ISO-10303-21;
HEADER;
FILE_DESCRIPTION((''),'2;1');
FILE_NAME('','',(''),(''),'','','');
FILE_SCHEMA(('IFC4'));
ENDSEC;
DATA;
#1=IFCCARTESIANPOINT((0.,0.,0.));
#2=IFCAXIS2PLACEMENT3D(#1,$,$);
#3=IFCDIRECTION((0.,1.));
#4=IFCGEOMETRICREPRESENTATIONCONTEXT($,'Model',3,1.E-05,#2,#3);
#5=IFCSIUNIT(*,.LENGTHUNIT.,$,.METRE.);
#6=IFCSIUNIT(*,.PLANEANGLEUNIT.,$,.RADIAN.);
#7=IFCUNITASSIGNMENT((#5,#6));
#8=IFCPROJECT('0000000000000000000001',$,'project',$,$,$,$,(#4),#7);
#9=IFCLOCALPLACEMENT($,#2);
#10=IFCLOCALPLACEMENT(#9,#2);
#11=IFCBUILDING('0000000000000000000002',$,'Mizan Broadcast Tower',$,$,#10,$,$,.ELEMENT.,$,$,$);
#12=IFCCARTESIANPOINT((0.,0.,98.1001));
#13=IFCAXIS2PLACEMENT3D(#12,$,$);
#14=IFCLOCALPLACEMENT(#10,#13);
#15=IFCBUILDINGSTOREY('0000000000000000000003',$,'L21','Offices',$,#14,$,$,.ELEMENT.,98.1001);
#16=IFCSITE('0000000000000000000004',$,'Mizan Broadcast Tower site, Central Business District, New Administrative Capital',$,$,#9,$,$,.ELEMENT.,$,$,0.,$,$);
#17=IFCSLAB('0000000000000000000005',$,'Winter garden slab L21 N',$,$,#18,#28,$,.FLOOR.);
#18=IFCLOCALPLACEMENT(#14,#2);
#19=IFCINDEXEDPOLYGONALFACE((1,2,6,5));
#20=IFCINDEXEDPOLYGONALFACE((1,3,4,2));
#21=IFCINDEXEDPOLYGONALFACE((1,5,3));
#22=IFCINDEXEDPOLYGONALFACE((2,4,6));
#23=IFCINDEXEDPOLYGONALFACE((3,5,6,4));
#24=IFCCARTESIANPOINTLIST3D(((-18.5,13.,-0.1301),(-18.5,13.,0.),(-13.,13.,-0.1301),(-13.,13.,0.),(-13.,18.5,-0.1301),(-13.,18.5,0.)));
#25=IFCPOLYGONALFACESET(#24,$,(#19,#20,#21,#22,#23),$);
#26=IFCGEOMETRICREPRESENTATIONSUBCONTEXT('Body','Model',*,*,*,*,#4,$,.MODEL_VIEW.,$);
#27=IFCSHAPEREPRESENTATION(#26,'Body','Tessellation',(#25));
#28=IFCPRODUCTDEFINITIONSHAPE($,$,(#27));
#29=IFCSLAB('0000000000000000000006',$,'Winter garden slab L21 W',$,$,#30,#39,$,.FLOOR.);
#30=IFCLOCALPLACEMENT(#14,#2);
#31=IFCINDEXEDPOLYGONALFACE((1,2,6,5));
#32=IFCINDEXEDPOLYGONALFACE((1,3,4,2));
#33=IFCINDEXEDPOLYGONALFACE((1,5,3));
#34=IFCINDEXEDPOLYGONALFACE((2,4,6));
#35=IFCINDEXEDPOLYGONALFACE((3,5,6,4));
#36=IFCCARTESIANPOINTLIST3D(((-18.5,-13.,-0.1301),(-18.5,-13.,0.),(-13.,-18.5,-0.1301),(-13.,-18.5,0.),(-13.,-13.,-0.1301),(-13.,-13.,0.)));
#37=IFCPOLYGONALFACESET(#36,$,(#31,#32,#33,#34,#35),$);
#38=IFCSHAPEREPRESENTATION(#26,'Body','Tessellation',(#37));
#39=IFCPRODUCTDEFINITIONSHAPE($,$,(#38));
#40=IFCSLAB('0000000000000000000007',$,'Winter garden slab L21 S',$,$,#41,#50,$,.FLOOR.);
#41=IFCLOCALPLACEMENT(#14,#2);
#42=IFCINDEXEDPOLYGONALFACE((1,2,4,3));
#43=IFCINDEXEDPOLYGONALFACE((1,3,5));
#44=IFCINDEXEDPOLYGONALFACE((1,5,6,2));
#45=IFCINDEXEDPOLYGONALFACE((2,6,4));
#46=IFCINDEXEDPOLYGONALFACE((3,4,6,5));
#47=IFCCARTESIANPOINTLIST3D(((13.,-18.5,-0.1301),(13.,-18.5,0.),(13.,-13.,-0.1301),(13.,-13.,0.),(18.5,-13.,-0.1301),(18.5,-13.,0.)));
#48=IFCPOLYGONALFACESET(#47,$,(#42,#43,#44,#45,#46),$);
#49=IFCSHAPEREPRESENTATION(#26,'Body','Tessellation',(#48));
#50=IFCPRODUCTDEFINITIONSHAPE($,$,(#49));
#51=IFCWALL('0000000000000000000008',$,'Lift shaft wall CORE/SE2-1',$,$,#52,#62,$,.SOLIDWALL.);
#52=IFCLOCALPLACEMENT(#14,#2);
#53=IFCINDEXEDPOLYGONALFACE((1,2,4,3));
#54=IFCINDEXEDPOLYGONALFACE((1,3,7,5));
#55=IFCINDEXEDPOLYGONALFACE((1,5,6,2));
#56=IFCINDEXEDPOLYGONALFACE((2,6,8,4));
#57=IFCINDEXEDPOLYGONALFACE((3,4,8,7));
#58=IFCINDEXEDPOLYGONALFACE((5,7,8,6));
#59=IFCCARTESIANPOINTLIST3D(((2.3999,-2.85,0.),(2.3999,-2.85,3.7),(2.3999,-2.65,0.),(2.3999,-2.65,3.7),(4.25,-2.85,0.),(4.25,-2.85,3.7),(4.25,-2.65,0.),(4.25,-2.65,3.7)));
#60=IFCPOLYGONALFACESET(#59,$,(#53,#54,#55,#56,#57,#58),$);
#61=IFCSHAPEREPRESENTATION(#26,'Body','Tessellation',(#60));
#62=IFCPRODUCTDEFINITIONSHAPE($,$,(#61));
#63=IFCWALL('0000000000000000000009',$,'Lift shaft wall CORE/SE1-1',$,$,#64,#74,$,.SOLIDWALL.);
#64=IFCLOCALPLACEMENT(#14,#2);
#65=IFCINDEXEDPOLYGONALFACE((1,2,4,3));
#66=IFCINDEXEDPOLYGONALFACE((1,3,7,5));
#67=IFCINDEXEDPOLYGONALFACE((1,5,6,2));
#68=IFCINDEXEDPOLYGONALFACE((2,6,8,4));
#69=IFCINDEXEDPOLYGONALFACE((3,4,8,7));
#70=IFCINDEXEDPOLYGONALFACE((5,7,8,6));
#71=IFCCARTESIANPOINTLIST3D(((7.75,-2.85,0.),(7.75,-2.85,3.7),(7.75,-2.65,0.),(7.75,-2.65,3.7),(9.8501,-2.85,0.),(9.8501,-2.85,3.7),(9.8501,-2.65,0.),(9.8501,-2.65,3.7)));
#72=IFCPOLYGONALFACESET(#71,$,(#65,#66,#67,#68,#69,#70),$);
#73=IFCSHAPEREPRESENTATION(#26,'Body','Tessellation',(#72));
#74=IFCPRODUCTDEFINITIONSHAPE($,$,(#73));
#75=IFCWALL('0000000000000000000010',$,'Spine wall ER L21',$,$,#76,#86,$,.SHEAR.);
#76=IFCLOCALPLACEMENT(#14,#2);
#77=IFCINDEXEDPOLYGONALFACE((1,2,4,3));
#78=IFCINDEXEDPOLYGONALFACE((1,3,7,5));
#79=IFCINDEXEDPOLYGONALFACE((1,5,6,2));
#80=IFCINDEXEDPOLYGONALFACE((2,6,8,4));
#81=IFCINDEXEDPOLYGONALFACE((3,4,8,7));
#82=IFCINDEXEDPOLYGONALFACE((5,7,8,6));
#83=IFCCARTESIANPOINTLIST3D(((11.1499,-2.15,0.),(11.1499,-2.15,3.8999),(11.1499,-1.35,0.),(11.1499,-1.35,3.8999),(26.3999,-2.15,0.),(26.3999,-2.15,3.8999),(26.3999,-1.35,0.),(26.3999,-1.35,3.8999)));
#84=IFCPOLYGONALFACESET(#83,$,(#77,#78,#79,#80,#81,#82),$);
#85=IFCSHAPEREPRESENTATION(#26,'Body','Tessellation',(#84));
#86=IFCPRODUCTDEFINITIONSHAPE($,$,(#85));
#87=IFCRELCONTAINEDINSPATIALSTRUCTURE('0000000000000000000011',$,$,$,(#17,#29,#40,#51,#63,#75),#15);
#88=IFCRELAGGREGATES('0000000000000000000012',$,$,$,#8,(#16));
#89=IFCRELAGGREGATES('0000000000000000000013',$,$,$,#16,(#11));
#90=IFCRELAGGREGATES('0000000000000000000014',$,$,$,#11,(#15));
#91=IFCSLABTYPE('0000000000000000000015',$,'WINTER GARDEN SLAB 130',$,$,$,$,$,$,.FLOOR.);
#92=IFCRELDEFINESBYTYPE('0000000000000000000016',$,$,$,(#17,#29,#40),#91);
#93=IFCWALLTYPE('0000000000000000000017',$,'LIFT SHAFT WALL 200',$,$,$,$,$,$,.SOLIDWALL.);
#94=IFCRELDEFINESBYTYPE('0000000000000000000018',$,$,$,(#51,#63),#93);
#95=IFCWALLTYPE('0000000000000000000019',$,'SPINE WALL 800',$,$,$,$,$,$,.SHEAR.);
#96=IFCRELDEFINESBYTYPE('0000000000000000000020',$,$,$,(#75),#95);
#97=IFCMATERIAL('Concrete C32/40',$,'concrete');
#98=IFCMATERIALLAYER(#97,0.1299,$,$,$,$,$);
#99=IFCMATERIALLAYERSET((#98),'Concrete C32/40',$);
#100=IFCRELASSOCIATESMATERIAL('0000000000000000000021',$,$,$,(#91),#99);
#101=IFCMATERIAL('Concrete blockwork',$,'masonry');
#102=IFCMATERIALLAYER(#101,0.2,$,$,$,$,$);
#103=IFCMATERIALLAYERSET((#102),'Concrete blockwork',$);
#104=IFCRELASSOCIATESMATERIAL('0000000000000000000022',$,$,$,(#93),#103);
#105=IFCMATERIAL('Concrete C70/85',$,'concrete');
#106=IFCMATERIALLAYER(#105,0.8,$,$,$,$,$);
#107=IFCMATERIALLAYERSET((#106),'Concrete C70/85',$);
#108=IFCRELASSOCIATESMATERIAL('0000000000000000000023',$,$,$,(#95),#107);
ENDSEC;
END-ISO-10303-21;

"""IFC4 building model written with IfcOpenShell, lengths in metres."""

from ifc_helpers import new_model, si_unit, direction, frame, frame_2d, origin, place, context, subcontext, project, spatial, polyline, rectangle, outline, extrude, material, layer, layer_set, type_object, element, save


model = new_model("IFC4")

# Units and contexts
model_context = context("Model", 3, precision=1e-05, world=origin(), true_north=direction((0.0, 1.0)))
body_context = subcontext(model_context, "Body", "Model", "MODEL_VIEW")
ifc_project = project(units=[si_unit("LENGTHUNIT", "METRE"), si_unit("PLANEANGLEUNIT", "RADIAN")], contexts=[model_context])

# Site, building, storey
site_placement = place(None, origin())
site = spatial("IfcSite", under=ifc_project, at=site_placement, Name="Mizan Broadcast Tower site, Central Business District, New Administrative Capital", CompositionType="ELEMENT", RefElevation=0.0)
building_placement = place(site_placement, origin())
building = spatial("IfcBuilding", under=site, at=building_placement, Name="Mizan Broadcast Tower", CompositionType="ELEMENT")
storey_placement = place(building_placement, frame((0.0, 0.0, 98.1001)))
storey = spatial("IfcBuildingStorey", under=building, at=storey_placement, Name="L21", Description="Offices", CompositionType="ELEMENT", Elevation=98.1001)

# Slabs
ifc_material_1 = material(Name="Concrete C32/40", Category="concrete")
ifc_layer_1 = layer(ifc_material_1, 0.1299)
ifc_layer_set_1 = layer_set([ifc_layer_1], Name="Concrete C32/40")
slab_type_1 = type_object("IfcSlabType", Name="WINTER GARDEN SLAB 130", PredefinedType="FLOOR", material=ifc_layer_set_1)
slab_1_placement = place(storey_placement, frame((0.0, 0.0, -0.1301)))
element("IfcSlab", 1, at=slab_1_placement, inside=storey, type_object=slab_type_1, Name="Winter garden slab L21 N", PredefinedType="FLOOR", context=body_context, shape_type="SweptSolid", body=[
    extrude(outline(polyline([(-13.0, 13.0), (-13.0, 18.5), (-18.5, 13.0), (-13.0, 13.0)])), origin(), (0.0, 0.0, 1.0), 0.1301),
])
slab_2_placement = place(storey_placement, frame((0.0, 0.0, -0.1301)))
element("IfcSlab", 2, at=slab_2_placement, inside=storey, type_object=slab_type_1, Name="Winter garden slab L21 W", PredefinedType="FLOOR", context=body_context, shape_type="SweptSolid", body=[
    extrude(outline(polyline([(-13.0, -13.0), (-18.5, -13.0), (-13.0, -18.5), (-13.0, -13.0)])), origin(), (0.0, 0.0, 1.0), 0.1301),
])
slab_3_placement = place(storey_placement, frame((0.0, 0.0, -0.1301)))
element("IfcSlab", 3, at=slab_3_placement, inside=storey, type_object=slab_type_1, Name="Winter garden slab L21 S", PredefinedType="FLOOR", context=body_context, shape_type="SweptSolid", body=[
    extrude(outline(polyline([(13.0, -13.0), (13.0, -18.5), (18.5, -13.0), (13.0, -13.0)])), origin(), (0.0, 0.0, 1.0), 0.1301),
])

# Walls
ifc_material_2 = material(Name="Concrete blockwork", Category="masonry")
ifc_layer_2 = layer(ifc_material_2, 0.2)
ifc_layer_set_2 = layer_set([ifc_layer_2], Name="Concrete blockwork")
wall_type_1 = type_object("IfcWallType", Name="LIFT SHAFT WALL 200", PredefinedType="SOLIDWALL", material=ifc_layer_set_2)
wall_1_placement = place(storey_placement, frame((2.3999, -2.75, 0.0), z_axis=(0.0, 0.0, 1.0), x_axis=(1.0, 0.0, 0.0)))
element("IfcWall", 4, at=wall_1_placement, inside=storey, type_object=wall_type_1, Name="Lift shaft wall CORE/SE2-1", PredefinedType="SOLIDWALL", context=body_context, shape_type="SweptSolid", body=[
    extrude(rectangle(XDim=1.8501, YDim=0.2, at=frame_2d((0.925, 0.0))), origin(), (0.0, 0.0, 1.0), 3.7),
])
wall_2_placement = place(storey_placement, frame((7.75, -2.75, 0.0), z_axis=(0.0, 0.0, 1.0), x_axis=(1.0, 0.0, 0.0)))
element("IfcWall", 5, at=wall_2_placement, inside=storey, type_object=wall_type_1, Name="Lift shaft wall CORE/SE1-1", PredefinedType="SOLIDWALL", context=body_context, shape_type="SweptSolid", body=[
    extrude(rectangle(XDim=2.1001, YDim=0.2, at=frame_2d((1.05, 0.0))), origin(), (0.0, 0.0, 1.0), 3.7),
])
ifc_material_3 = material(Name="Concrete C70/85", Category="concrete")
ifc_layer_3 = layer(ifc_material_3, 0.8)
ifc_layer_set_3 = layer_set([ifc_layer_3], Name="Concrete C70/85")
wall_type_2 = type_object("IfcWallType", Name="SPINE WALL 800", PredefinedType="SHEAR", material=ifc_layer_set_3)
wall_3_placement = place(storey_placement, frame((11.1499, -1.75, 0.0), z_axis=(0.0, 0.0, 1.0), x_axis=(1.0, 0.0, 0.0)))
element("IfcWall", 6, at=wall_3_placement, inside=storey, type_object=wall_type_2, Name="Spine wall ER L21", PredefinedType="SHEAR", context=body_context, shape_type="SweptSolid", body=[
    extrude(rectangle(XDim=15.25, YDim=0.8, at=frame_2d((7.625, 0.0))), origin(), (0.0, 0.0, 1.0), 3.8999),
])

save(model, "model.ifc")
